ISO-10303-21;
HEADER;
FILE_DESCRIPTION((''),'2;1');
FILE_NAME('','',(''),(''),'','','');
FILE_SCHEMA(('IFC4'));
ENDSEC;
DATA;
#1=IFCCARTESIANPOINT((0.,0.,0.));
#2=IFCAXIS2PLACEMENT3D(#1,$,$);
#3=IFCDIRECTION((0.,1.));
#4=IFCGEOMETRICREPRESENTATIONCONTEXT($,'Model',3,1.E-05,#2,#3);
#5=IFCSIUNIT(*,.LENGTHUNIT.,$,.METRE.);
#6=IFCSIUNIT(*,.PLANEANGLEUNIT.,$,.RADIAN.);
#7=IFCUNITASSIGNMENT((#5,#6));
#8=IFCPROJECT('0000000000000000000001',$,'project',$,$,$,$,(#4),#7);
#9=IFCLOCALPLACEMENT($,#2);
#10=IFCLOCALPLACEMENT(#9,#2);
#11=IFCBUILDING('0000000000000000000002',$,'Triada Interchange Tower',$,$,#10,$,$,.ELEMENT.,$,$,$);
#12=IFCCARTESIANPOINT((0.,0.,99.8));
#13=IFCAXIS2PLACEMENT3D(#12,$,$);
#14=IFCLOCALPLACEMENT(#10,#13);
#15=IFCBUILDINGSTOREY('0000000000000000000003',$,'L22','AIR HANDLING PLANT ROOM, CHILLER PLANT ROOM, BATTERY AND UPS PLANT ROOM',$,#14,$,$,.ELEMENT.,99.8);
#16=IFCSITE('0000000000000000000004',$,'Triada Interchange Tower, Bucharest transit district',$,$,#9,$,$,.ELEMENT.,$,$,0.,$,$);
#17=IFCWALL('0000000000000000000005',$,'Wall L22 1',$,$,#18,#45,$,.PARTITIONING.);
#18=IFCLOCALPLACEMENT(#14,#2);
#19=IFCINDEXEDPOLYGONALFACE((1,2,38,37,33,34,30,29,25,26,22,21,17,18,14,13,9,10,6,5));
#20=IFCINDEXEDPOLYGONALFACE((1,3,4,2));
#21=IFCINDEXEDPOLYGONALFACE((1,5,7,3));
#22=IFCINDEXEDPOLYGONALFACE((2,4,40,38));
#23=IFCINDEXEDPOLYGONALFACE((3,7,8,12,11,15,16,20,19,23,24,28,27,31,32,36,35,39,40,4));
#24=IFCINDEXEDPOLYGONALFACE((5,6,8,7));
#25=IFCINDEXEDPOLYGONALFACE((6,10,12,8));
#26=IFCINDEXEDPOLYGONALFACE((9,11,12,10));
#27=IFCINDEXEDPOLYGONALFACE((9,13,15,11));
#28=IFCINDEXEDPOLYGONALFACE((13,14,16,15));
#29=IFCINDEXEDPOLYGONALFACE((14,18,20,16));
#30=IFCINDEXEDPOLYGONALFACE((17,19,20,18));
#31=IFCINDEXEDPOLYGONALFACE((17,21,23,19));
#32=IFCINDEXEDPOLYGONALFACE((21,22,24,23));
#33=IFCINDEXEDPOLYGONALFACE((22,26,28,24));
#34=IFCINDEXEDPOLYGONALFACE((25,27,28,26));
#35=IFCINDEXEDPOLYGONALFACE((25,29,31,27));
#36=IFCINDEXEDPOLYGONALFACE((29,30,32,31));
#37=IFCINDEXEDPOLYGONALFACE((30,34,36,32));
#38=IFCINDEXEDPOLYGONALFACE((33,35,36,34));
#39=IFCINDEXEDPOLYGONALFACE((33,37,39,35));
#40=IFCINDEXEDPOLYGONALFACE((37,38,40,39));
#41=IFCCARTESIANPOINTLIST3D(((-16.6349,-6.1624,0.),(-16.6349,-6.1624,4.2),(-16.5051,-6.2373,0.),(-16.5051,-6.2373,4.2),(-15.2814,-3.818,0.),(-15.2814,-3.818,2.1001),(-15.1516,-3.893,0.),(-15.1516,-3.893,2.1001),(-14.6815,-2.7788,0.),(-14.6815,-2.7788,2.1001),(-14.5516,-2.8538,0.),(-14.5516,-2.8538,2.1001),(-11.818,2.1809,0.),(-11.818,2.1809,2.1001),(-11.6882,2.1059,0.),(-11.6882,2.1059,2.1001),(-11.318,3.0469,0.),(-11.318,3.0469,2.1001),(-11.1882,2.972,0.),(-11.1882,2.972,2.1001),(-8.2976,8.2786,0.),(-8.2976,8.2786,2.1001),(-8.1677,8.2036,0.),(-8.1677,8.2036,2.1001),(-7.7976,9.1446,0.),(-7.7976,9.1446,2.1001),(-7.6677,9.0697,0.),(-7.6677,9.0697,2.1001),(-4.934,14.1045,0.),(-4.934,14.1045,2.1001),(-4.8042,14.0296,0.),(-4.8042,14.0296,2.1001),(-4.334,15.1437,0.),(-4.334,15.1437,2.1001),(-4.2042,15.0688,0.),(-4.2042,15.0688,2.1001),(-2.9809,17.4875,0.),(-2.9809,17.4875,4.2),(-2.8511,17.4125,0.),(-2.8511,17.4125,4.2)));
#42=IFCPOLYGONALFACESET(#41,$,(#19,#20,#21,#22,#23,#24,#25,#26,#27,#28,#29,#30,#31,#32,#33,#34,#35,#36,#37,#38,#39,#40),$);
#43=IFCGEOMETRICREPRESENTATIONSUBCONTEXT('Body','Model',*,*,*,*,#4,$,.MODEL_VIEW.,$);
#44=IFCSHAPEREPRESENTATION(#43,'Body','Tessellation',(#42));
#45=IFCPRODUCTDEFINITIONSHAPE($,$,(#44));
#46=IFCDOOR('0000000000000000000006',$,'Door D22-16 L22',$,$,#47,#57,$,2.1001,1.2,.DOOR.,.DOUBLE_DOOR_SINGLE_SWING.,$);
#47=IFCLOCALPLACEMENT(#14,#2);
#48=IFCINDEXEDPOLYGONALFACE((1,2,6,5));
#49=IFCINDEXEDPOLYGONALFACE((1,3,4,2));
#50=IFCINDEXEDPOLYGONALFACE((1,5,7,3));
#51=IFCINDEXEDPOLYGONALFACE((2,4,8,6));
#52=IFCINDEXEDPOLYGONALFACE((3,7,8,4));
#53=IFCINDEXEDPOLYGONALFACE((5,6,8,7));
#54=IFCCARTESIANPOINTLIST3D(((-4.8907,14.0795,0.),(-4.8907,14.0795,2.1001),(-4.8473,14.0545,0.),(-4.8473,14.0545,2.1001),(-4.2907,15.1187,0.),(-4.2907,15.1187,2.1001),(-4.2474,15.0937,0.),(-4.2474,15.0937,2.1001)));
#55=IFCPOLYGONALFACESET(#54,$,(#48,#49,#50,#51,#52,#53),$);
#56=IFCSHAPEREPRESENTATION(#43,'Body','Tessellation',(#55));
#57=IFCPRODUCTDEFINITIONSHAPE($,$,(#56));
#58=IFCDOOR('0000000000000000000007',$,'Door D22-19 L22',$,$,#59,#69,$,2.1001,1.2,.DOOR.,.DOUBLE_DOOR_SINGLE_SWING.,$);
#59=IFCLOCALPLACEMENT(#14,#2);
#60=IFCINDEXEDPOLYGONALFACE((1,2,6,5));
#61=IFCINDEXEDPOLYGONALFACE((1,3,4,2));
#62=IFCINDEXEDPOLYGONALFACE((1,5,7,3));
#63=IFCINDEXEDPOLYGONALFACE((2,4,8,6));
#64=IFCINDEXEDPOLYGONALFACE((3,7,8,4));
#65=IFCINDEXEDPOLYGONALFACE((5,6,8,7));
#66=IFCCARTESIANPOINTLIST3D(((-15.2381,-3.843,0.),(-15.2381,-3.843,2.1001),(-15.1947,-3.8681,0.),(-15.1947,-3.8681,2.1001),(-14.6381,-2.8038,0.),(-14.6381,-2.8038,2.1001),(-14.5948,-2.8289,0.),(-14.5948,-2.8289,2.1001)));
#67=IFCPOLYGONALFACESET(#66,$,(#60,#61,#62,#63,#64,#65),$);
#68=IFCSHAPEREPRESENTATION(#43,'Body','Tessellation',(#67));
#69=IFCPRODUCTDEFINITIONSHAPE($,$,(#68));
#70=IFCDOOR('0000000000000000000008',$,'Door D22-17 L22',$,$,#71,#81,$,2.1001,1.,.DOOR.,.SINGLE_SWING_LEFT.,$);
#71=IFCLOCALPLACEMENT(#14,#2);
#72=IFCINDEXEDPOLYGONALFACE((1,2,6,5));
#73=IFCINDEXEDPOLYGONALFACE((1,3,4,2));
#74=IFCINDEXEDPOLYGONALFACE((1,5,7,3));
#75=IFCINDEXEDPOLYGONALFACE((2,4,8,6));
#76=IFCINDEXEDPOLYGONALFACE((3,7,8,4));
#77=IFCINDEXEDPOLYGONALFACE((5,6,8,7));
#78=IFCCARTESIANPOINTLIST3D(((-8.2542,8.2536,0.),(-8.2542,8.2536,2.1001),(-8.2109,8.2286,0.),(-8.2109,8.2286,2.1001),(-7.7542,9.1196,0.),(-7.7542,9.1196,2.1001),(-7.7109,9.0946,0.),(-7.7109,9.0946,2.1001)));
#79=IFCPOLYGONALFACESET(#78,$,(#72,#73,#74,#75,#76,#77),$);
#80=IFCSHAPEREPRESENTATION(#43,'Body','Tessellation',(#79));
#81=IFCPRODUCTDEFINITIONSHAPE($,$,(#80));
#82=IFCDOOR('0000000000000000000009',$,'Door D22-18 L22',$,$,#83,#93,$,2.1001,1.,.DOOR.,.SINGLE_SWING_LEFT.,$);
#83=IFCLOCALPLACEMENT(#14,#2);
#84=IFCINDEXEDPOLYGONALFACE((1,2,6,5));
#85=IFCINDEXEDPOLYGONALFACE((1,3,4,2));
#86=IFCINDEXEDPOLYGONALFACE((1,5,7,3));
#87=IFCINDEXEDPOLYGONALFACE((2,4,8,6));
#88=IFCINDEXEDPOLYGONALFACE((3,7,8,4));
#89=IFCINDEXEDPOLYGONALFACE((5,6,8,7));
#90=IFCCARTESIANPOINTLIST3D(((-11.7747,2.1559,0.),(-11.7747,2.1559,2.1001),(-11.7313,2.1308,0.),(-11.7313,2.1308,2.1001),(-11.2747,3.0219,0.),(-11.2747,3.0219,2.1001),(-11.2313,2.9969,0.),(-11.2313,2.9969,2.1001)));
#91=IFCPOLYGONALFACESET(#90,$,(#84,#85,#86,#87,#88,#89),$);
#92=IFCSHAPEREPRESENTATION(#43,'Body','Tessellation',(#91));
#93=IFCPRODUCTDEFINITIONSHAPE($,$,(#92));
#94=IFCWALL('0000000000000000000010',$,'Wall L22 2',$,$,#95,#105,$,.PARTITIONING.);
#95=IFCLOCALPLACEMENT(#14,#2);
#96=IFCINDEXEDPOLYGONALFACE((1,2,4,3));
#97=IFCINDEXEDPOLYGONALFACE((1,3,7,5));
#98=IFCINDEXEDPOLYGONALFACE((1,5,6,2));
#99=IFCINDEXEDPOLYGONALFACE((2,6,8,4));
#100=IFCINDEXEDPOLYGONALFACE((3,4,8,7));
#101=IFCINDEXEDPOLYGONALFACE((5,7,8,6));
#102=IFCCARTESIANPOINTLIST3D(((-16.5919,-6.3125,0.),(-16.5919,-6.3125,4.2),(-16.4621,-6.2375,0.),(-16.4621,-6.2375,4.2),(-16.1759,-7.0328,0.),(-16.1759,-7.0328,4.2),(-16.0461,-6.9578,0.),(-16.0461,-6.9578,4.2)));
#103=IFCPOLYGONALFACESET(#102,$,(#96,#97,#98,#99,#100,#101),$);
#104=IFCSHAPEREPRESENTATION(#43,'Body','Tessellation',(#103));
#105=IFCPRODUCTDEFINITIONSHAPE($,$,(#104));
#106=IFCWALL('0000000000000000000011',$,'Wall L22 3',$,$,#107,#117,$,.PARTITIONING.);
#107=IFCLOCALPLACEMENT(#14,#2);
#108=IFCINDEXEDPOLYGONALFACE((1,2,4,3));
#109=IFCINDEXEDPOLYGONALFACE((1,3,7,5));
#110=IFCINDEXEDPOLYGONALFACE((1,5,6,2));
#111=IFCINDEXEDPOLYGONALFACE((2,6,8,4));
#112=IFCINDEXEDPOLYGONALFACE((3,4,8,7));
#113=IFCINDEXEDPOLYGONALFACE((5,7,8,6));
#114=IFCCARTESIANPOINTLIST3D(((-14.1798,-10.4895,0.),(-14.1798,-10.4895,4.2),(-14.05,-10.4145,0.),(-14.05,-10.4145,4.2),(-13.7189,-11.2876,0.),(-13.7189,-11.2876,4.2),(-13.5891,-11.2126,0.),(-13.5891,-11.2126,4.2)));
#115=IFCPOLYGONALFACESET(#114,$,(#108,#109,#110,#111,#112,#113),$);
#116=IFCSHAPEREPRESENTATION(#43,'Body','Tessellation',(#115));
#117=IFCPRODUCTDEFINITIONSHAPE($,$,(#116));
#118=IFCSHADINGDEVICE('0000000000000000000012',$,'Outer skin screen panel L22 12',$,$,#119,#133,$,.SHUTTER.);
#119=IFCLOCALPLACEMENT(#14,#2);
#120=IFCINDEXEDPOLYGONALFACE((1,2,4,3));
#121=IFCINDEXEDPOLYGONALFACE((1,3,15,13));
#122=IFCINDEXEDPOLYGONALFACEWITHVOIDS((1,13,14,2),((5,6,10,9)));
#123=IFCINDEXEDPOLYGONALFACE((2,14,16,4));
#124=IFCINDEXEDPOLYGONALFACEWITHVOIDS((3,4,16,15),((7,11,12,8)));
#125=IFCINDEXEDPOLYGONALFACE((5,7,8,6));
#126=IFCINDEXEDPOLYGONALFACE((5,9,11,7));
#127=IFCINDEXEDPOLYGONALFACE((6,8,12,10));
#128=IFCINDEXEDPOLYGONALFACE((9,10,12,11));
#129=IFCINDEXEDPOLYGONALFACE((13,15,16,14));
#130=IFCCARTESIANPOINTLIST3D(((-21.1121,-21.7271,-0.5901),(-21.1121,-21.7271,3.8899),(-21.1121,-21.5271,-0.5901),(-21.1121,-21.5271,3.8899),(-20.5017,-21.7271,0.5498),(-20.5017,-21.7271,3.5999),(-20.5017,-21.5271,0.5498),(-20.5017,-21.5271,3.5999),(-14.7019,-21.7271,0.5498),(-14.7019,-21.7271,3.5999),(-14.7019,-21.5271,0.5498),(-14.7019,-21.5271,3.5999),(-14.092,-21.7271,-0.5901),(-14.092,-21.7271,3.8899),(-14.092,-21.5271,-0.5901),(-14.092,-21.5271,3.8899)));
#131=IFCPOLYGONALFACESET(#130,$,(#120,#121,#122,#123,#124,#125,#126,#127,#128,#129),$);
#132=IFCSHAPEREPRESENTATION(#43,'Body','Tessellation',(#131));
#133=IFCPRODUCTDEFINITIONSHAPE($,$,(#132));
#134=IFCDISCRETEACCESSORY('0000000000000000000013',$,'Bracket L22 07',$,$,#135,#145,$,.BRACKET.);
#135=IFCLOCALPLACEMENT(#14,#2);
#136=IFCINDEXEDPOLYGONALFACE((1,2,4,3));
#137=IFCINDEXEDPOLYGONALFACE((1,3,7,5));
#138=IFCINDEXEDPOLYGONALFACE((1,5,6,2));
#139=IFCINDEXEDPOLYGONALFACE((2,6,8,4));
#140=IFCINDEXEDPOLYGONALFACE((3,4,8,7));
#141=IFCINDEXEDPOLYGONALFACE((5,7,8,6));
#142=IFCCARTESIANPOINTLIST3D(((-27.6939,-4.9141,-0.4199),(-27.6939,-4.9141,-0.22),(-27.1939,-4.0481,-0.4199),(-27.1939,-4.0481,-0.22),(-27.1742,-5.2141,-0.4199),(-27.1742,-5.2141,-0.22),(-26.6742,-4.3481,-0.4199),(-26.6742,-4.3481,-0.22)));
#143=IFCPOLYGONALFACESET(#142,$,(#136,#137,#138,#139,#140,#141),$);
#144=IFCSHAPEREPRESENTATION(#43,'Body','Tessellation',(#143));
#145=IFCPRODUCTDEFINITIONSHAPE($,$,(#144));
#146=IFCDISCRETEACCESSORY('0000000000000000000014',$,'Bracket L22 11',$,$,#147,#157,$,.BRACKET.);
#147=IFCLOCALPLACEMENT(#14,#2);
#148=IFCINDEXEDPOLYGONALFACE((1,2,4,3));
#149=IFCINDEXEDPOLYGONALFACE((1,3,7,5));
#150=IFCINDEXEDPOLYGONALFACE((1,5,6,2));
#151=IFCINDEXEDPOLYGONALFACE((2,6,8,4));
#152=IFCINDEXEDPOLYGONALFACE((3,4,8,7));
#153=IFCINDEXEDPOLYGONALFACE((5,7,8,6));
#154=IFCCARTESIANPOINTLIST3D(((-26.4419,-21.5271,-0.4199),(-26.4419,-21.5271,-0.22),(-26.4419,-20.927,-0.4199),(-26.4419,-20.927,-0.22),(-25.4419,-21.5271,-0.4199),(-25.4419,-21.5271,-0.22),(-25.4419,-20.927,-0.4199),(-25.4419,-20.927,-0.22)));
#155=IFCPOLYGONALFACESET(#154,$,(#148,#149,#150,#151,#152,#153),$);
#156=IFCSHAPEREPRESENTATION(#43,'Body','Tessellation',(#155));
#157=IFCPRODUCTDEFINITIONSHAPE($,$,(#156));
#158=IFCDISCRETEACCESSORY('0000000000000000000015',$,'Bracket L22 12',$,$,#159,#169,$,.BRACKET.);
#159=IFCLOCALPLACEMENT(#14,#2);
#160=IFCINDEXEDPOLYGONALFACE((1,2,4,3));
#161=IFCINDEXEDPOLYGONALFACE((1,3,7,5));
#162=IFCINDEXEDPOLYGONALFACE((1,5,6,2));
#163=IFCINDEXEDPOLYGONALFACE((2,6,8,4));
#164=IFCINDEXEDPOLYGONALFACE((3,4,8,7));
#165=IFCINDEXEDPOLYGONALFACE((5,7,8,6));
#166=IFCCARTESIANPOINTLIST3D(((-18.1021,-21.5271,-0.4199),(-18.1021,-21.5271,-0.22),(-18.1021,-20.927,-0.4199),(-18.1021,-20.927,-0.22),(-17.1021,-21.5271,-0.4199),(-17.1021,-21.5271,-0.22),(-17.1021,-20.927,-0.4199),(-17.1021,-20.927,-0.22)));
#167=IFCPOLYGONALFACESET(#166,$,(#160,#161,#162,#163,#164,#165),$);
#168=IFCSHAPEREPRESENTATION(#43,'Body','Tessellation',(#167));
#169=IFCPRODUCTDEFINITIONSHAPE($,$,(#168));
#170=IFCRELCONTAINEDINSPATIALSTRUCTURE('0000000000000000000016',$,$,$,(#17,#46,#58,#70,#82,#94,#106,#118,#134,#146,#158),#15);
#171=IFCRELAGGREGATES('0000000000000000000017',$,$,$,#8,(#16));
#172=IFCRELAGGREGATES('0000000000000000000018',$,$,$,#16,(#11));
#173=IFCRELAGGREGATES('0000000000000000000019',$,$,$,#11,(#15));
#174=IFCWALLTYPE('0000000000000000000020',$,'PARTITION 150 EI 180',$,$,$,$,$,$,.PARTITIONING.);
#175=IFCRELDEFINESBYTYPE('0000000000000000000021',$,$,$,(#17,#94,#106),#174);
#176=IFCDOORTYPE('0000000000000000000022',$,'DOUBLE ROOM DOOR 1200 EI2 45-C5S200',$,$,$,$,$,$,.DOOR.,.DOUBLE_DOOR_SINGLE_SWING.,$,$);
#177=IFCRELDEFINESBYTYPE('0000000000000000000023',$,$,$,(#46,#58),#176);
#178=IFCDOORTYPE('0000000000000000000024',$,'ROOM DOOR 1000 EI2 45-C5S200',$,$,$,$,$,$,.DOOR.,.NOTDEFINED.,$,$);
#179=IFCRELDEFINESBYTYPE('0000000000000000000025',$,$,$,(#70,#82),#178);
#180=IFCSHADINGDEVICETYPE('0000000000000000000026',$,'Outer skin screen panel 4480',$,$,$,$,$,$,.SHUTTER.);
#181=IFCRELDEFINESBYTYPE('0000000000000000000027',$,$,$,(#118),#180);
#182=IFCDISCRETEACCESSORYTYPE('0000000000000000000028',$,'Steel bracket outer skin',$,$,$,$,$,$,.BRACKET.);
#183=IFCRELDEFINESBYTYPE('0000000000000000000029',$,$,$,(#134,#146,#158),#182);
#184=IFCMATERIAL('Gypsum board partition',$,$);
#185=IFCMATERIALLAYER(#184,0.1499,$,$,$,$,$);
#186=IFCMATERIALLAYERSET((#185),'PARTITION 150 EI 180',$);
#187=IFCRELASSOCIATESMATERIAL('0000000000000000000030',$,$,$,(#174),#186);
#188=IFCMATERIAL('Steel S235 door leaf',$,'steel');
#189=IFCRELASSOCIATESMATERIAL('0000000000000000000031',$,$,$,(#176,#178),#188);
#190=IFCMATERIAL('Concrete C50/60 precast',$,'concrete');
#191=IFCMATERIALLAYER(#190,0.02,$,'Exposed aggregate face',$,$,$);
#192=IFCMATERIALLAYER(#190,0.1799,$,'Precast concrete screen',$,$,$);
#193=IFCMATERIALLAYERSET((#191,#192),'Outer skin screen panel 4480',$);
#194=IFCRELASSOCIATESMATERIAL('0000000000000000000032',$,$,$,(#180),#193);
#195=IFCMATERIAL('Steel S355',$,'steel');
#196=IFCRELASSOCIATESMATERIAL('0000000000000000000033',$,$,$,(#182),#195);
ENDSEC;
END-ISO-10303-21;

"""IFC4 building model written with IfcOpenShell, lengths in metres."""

from ifc_helpers import new_model, si_unit, direction, frame, frame_2d, origin, origin_2d, place, context, subcontext, project, spatial, polyline, rectangle, outline, extrude, material, layer, layer_set, type_object, element, fill, save


model = new_model("IFC4")

# Units and contexts
model_context = context("Model", 3, precision=1e-05, world=origin(), true_north=direction((0.0, 1.0)))
body_context = subcontext(model_context, "Body", "Model", "MODEL_VIEW")
ifc_project = project(units=[si_unit("LENGTHUNIT", "METRE"), si_unit("PLANEANGLEUNIT", "RADIAN")], contexts=[model_context])

# Site, building, storey
site_placement = place(None, origin())
site = spatial("IfcSite", under=ifc_project, at=site_placement, Name="Triada Interchange Tower, Bucharest transit district", CompositionType="ELEMENT", RefElevation=0.0)
building_placement = place(site_placement, origin())
building = spatial("IfcBuilding", under=site, at=building_placement, Name="Triada Interchange Tower", CompositionType="ELEMENT")
storey_placement = place(building_placement, frame((0.0, 0.0, 99.8)))
storey = spatial("IfcBuildingStorey", under=building, at=storey_placement, Name="L22", Description="AIR HANDLING PLANT ROOM, CHILLER PLANT ROOM, BATTERY AND UPS PLANT ROOM", CompositionType="ELEMENT", Elevation=99.8)

# Shared definitions
ifc_material_1 = material(Name="Steel S355", Category="steel")

# Wall, openings, doors
ifc_material_2 = material(Name="Gypsum board partition")
ifc_layer_1 = layer(ifc_material_2, 0.1499)
ifc_layer_set_1 = layer_set([ifc_layer_1], Name="PARTITION 150 EI 180")
wall_type_1 = type_object("IfcWallType", Name="PARTITION 150 EI 180", PredefinedType="PARTITIONING", material=ifc_layer_set_1)
wall_1_placement = place(storey_placement, frame((-16.5701, -6.2, 0.0), z_axis=(0.0, 0.0, 1.0), x_axis=(0.499994, 0.866029, 0.0)))
wall_1 = element("IfcWall", 1, at=wall_1_placement, inside=storey, type_object=wall_type_1, Name="Wall L22 1", PredefinedType="PARTITIONING", context=body_context, shape_type="SweptSolid", body=[
    extrude(rectangle(XDim=27.3083, YDim=0.1499, at=frame_2d((13.6543, 0.0))), origin(), (0.0, 0.0, 1.0), 4.2),
])
opening_1_placement = place(wall_1_placement, frame((23.4021, 0.0, 0.0)))
opening_1 = element("IfcOpeningElement", 2, at=opening_1_placement, cuts=wall_1, PredefinedType="OPENING", context=body_context, shape_type="SweptSolid", body=[
    extrude(rectangle(XDim=1.2, YDim=2.1001, at=frame_2d((0.6001, 1.05))), frame((0.0, 0.085, 0.0), z_axis=(0.0, -1.0, 0.0), x_axis=(1.0, 0.0, 0.0)), (0.0, 0.0, 1.0), 0.1699),
])
opening_2_placement = place(wall_1_placement, frame((16.675, 0.0, 0.0)))
opening_2 = element("IfcOpeningElement", 3, at=opening_2_placement, cuts=wall_1, PredefinedType="OPENING", context=body_context, shape_type="SweptSolid", body=[
    extrude(rectangle(XDim=1.0, YDim=2.1001, at=frame_2d((0.5, 1.05))), frame((0.0, 0.085, 0.0), z_axis=(0.0, -1.0, 0.0), x_axis=(1.0, 0.0, 0.0)), (0.0, 0.0, 1.0), 0.1699),
])
opening_3_placement = place(wall_1_placement, frame((9.634, 0.0, 0.0)))
opening_3 = element("IfcOpeningElement", 4, at=opening_3_placement, cuts=wall_1, PredefinedType="OPENING", context=body_context, shape_type="SweptSolid", body=[
    extrude(rectangle(XDim=1.0, YDim=2.1001, at=frame_2d((0.5, 1.05))), frame((0.0, 0.085, 0.0), z_axis=(0.0, -1.0, 0.0), x_axis=(1.0, 0.0, 0.0)), (0.0, 0.0, 1.0), 0.1699),
])
opening_4_placement = place(wall_1_placement, frame((2.707, 0.0, 0.0)))
opening_4 = element("IfcOpeningElement", 5, at=opening_4_placement, cuts=wall_1, PredefinedType="OPENING", context=body_context, shape_type="SweptSolid", body=[
    extrude(rectangle(XDim=1.2, YDim=2.1001, at=frame_2d((0.6001, 1.05))), frame((0.0, 0.085, 0.0), z_axis=(0.0, -1.0, 0.0), x_axis=(1.0, 0.0, 0.0)), (0.0, 0.0, 1.0), 0.1699),
])
ifc_material_3 = material(Name="Steel S235 door leaf", Category="steel")
door_type_1 = type_object("IfcDoorType", Name="DOUBLE ROOM DOOR 1200 EI2 45-C5S200", OperationType="DOUBLE_DOOR_SINGLE_SWING", PredefinedType="DOOR", material=ifc_material_3)
door_1_placement = place(opening_1_placement, origin())
door_1 = element("IfcDoor", 6, at=door_1_placement, inside=storey, type_object=door_type_1, Name="Door D22-16 L22", OperationType="DOUBLE_DOOR_SINGLE_SWING", OverallHeight=2.1001, OverallWidth=1.2, PredefinedType="DOOR", context=body_context, shape_type="SweptSolid", body=[
    extrude(rectangle(XDim=1.2, YDim=2.1001, at=frame_2d((0.6001, 1.05))), frame((0.0, 0.0249, 0.0), z_axis=(0.0, -1.0, 0.0), x_axis=(1.0, 0.0, 0.0)), (0.0, 0.0, 1.0), 0.05),
])
fill(opening_1, door_1)
door_2_placement = place(opening_4_placement, origin())
door_2 = element("IfcDoor", 7, at=door_2_placement, inside=storey, type_object=door_type_1, Name="Door D22-19 L22", OperationType="DOUBLE_DOOR_SINGLE_SWING", OverallHeight=2.1001, OverallWidth=1.2, PredefinedType="DOOR", context=body_context, shape_type="SweptSolid", body=[
    extrude(rectangle(XDim=1.2, YDim=2.1001, at=frame_2d((0.6001, 1.05))), frame((0.0, 0.0249, 0.0), z_axis=(0.0, -1.0, 0.0), x_axis=(1.0, 0.0, 0.0)), (0.0, 0.0, 1.0), 0.05),
])
fill(opening_4, door_2)
door_type_2 = type_object("IfcDoorType", Name="ROOM DOOR 1000 EI2 45-C5S200", OperationType="NOTDEFINED", PredefinedType="DOOR", material=ifc_material_3)
door_3_placement = place(opening_2_placement, origin())
door_3 = element("IfcDoor", 8, at=door_3_placement, inside=storey, type_object=door_type_2, Name="Door D22-17 L22", OperationType="SINGLE_SWING_LEFT", OverallHeight=2.1001, OverallWidth=1.0, PredefinedType="DOOR", context=body_context, shape_type="SweptSolid", body=[
    extrude(rectangle(XDim=1.0, YDim=2.1001, at=frame_2d((0.5, 1.05))), frame((0.0, 0.0249, 0.0), z_axis=(0.0, -1.0, 0.0), x_axis=(1.0, 0.0, 0.0)), (0.0, 0.0, 1.0), 0.05),
])
fill(opening_2, door_3)
door_4_placement = place(opening_3_placement, origin())
door_4 = element("IfcDoor", 9, at=door_4_placement, inside=storey, type_object=door_type_2, Name="Door D22-18 L22", OperationType="SINGLE_SWING_LEFT", OverallHeight=2.1001, OverallWidth=1.0, PredefinedType="DOOR", context=body_context, shape_type="SweptSolid", body=[
    extrude(rectangle(XDim=1.0, YDim=2.1001, at=frame_2d((0.5, 1.05))), frame((0.0, 0.0249, 0.0), z_axis=(0.0, -1.0, 0.0), x_axis=(1.0, 0.0, 0.0)), (0.0, 0.0, 1.0), 0.05),
])
fill(opening_3, door_4)

# Walls
wall_2_placement = place(storey_placement, frame((-16.5271, -6.2749, 0.0), z_axis=(0.0, 0.0, 1.0), x_axis=(0.50018, -0.865922, 0.0)))
element("IfcWall", 10, at=wall_2_placement, inside=storey, type_object=wall_type_1, Name="Wall L22 2", PredefinedType="PARTITIONING", context=body_context, shape_type="SweptSolid", body=[
    extrude(rectangle(XDim=0.8318, YDim=0.1499, at=frame_2d((0.416, 0.0))), origin(), (0.0, 0.0, 1.0), 4.2),
])
wall_3_placement = place(storey_placement, frame((-14.115, -10.4519, 0.0), z_axis=(0.0, 0.0, 1.0), x_axis=(0.500128, -0.865952, 0.0)))
element("IfcWall", 11, at=wall_3_placement, inside=storey, type_object=wall_type_1, Name="Wall L22 3", PredefinedType="PARTITIONING", context=body_context, shape_type="SweptSolid", body=[
    extrude(rectangle(XDim=0.9216, YDim=0.1499, at=frame_2d((0.4609, 0.0))), origin(), (0.0, 0.0, 1.0), 4.2),
])

# Shading device
ifc_material_4 = material(Name="Concrete C50/60 precast", Category="concrete")
ifc_layer_2 = layer(ifc_material_4, 0.02, Name="Exposed aggregate face")
ifc_layer_3 = layer(ifc_material_4, 0.1799, Name="Precast concrete screen")
ifc_layer_set_2 = layer_set([ifc_layer_2, ifc_layer_3], Name="Outer skin screen panel 4480")
shading_device_type = type_object("IfcShadingDeviceType", Name="Outer skin screen panel 4480", PredefinedType="SHUTTER", material=ifc_layer_set_2)
shading_device_placement = place(storey_placement, frame((-21.1121, -21.5271, -0.5901), z_axis=(0.0, 0.0, 1.0), x_axis=(1.0, 0.0, 0.0)))
element("IfcShadingDevice", 12, at=shading_device_placement, inside=storey, type_object=shading_device_type, Name="Outer skin screen panel L22 12", PredefinedType="SHUTTER", context=body_context, shape_type="SweptSolid", body=[
    extrude(outline(polyline([(0.0, 0.0), (7.02, 0.0), (7.02, 4.48), (0.0, 4.48), (0.0, 0.0)]), holes=[polyline([(0.6104, 1.1399), (0.6104, 4.1899), (6.4102, 4.1899), (6.4102, 1.1399), (0.6104, 1.1399)])]), frame((0.0, 0.0, 0.0), z_axis=(0.0, -1.0, 0.0), x_axis=(1.0, 0.0, 0.0)), (0.0, 0.0, 1.0), 0.2),
])

# Discrete accessories
discrete_accessory_type = type_object("IfcDiscreteAccessoryType", Name="Steel bracket outer skin", PredefinedType="BRACKET", material=ifc_material_1)
for number, where, z_axis, x_axis, name in (
    (13, (-27.1841, -4.6311, -0.4199), (0.0, 0.0, 1.0), (-0.86603, 0.499993, 0.0), "Bracket L22 07"),
    (14, (-25.9419, -21.2271, -0.4199), (0.0, 0.0, 1.0), (0.0, -1.0, 0.0), "Bracket L22 11"),
    (15, (-17.6021, -21.2271, -0.4199), (0.0, 0.0, 1.0), (0.0, -1.0, 0.0), "Bracket L22 12"),
):
    element("IfcDiscreteAccessory", number, at=place(storey_placement, frame(where, z_axis=z_axis, x_axis=x_axis)), inside=storey, type_object=discrete_accessory_type, Name=name, PredefinedType="BRACKET", context=body_context, shape_type="SweptSolid", body=[
        extrude(rectangle(XDim=0.6001, YDim=1.0, at=origin_2d()), origin(), (0.0, 0.0, 1.0), 0.2),
    ])

save(model, "model.ifc")
